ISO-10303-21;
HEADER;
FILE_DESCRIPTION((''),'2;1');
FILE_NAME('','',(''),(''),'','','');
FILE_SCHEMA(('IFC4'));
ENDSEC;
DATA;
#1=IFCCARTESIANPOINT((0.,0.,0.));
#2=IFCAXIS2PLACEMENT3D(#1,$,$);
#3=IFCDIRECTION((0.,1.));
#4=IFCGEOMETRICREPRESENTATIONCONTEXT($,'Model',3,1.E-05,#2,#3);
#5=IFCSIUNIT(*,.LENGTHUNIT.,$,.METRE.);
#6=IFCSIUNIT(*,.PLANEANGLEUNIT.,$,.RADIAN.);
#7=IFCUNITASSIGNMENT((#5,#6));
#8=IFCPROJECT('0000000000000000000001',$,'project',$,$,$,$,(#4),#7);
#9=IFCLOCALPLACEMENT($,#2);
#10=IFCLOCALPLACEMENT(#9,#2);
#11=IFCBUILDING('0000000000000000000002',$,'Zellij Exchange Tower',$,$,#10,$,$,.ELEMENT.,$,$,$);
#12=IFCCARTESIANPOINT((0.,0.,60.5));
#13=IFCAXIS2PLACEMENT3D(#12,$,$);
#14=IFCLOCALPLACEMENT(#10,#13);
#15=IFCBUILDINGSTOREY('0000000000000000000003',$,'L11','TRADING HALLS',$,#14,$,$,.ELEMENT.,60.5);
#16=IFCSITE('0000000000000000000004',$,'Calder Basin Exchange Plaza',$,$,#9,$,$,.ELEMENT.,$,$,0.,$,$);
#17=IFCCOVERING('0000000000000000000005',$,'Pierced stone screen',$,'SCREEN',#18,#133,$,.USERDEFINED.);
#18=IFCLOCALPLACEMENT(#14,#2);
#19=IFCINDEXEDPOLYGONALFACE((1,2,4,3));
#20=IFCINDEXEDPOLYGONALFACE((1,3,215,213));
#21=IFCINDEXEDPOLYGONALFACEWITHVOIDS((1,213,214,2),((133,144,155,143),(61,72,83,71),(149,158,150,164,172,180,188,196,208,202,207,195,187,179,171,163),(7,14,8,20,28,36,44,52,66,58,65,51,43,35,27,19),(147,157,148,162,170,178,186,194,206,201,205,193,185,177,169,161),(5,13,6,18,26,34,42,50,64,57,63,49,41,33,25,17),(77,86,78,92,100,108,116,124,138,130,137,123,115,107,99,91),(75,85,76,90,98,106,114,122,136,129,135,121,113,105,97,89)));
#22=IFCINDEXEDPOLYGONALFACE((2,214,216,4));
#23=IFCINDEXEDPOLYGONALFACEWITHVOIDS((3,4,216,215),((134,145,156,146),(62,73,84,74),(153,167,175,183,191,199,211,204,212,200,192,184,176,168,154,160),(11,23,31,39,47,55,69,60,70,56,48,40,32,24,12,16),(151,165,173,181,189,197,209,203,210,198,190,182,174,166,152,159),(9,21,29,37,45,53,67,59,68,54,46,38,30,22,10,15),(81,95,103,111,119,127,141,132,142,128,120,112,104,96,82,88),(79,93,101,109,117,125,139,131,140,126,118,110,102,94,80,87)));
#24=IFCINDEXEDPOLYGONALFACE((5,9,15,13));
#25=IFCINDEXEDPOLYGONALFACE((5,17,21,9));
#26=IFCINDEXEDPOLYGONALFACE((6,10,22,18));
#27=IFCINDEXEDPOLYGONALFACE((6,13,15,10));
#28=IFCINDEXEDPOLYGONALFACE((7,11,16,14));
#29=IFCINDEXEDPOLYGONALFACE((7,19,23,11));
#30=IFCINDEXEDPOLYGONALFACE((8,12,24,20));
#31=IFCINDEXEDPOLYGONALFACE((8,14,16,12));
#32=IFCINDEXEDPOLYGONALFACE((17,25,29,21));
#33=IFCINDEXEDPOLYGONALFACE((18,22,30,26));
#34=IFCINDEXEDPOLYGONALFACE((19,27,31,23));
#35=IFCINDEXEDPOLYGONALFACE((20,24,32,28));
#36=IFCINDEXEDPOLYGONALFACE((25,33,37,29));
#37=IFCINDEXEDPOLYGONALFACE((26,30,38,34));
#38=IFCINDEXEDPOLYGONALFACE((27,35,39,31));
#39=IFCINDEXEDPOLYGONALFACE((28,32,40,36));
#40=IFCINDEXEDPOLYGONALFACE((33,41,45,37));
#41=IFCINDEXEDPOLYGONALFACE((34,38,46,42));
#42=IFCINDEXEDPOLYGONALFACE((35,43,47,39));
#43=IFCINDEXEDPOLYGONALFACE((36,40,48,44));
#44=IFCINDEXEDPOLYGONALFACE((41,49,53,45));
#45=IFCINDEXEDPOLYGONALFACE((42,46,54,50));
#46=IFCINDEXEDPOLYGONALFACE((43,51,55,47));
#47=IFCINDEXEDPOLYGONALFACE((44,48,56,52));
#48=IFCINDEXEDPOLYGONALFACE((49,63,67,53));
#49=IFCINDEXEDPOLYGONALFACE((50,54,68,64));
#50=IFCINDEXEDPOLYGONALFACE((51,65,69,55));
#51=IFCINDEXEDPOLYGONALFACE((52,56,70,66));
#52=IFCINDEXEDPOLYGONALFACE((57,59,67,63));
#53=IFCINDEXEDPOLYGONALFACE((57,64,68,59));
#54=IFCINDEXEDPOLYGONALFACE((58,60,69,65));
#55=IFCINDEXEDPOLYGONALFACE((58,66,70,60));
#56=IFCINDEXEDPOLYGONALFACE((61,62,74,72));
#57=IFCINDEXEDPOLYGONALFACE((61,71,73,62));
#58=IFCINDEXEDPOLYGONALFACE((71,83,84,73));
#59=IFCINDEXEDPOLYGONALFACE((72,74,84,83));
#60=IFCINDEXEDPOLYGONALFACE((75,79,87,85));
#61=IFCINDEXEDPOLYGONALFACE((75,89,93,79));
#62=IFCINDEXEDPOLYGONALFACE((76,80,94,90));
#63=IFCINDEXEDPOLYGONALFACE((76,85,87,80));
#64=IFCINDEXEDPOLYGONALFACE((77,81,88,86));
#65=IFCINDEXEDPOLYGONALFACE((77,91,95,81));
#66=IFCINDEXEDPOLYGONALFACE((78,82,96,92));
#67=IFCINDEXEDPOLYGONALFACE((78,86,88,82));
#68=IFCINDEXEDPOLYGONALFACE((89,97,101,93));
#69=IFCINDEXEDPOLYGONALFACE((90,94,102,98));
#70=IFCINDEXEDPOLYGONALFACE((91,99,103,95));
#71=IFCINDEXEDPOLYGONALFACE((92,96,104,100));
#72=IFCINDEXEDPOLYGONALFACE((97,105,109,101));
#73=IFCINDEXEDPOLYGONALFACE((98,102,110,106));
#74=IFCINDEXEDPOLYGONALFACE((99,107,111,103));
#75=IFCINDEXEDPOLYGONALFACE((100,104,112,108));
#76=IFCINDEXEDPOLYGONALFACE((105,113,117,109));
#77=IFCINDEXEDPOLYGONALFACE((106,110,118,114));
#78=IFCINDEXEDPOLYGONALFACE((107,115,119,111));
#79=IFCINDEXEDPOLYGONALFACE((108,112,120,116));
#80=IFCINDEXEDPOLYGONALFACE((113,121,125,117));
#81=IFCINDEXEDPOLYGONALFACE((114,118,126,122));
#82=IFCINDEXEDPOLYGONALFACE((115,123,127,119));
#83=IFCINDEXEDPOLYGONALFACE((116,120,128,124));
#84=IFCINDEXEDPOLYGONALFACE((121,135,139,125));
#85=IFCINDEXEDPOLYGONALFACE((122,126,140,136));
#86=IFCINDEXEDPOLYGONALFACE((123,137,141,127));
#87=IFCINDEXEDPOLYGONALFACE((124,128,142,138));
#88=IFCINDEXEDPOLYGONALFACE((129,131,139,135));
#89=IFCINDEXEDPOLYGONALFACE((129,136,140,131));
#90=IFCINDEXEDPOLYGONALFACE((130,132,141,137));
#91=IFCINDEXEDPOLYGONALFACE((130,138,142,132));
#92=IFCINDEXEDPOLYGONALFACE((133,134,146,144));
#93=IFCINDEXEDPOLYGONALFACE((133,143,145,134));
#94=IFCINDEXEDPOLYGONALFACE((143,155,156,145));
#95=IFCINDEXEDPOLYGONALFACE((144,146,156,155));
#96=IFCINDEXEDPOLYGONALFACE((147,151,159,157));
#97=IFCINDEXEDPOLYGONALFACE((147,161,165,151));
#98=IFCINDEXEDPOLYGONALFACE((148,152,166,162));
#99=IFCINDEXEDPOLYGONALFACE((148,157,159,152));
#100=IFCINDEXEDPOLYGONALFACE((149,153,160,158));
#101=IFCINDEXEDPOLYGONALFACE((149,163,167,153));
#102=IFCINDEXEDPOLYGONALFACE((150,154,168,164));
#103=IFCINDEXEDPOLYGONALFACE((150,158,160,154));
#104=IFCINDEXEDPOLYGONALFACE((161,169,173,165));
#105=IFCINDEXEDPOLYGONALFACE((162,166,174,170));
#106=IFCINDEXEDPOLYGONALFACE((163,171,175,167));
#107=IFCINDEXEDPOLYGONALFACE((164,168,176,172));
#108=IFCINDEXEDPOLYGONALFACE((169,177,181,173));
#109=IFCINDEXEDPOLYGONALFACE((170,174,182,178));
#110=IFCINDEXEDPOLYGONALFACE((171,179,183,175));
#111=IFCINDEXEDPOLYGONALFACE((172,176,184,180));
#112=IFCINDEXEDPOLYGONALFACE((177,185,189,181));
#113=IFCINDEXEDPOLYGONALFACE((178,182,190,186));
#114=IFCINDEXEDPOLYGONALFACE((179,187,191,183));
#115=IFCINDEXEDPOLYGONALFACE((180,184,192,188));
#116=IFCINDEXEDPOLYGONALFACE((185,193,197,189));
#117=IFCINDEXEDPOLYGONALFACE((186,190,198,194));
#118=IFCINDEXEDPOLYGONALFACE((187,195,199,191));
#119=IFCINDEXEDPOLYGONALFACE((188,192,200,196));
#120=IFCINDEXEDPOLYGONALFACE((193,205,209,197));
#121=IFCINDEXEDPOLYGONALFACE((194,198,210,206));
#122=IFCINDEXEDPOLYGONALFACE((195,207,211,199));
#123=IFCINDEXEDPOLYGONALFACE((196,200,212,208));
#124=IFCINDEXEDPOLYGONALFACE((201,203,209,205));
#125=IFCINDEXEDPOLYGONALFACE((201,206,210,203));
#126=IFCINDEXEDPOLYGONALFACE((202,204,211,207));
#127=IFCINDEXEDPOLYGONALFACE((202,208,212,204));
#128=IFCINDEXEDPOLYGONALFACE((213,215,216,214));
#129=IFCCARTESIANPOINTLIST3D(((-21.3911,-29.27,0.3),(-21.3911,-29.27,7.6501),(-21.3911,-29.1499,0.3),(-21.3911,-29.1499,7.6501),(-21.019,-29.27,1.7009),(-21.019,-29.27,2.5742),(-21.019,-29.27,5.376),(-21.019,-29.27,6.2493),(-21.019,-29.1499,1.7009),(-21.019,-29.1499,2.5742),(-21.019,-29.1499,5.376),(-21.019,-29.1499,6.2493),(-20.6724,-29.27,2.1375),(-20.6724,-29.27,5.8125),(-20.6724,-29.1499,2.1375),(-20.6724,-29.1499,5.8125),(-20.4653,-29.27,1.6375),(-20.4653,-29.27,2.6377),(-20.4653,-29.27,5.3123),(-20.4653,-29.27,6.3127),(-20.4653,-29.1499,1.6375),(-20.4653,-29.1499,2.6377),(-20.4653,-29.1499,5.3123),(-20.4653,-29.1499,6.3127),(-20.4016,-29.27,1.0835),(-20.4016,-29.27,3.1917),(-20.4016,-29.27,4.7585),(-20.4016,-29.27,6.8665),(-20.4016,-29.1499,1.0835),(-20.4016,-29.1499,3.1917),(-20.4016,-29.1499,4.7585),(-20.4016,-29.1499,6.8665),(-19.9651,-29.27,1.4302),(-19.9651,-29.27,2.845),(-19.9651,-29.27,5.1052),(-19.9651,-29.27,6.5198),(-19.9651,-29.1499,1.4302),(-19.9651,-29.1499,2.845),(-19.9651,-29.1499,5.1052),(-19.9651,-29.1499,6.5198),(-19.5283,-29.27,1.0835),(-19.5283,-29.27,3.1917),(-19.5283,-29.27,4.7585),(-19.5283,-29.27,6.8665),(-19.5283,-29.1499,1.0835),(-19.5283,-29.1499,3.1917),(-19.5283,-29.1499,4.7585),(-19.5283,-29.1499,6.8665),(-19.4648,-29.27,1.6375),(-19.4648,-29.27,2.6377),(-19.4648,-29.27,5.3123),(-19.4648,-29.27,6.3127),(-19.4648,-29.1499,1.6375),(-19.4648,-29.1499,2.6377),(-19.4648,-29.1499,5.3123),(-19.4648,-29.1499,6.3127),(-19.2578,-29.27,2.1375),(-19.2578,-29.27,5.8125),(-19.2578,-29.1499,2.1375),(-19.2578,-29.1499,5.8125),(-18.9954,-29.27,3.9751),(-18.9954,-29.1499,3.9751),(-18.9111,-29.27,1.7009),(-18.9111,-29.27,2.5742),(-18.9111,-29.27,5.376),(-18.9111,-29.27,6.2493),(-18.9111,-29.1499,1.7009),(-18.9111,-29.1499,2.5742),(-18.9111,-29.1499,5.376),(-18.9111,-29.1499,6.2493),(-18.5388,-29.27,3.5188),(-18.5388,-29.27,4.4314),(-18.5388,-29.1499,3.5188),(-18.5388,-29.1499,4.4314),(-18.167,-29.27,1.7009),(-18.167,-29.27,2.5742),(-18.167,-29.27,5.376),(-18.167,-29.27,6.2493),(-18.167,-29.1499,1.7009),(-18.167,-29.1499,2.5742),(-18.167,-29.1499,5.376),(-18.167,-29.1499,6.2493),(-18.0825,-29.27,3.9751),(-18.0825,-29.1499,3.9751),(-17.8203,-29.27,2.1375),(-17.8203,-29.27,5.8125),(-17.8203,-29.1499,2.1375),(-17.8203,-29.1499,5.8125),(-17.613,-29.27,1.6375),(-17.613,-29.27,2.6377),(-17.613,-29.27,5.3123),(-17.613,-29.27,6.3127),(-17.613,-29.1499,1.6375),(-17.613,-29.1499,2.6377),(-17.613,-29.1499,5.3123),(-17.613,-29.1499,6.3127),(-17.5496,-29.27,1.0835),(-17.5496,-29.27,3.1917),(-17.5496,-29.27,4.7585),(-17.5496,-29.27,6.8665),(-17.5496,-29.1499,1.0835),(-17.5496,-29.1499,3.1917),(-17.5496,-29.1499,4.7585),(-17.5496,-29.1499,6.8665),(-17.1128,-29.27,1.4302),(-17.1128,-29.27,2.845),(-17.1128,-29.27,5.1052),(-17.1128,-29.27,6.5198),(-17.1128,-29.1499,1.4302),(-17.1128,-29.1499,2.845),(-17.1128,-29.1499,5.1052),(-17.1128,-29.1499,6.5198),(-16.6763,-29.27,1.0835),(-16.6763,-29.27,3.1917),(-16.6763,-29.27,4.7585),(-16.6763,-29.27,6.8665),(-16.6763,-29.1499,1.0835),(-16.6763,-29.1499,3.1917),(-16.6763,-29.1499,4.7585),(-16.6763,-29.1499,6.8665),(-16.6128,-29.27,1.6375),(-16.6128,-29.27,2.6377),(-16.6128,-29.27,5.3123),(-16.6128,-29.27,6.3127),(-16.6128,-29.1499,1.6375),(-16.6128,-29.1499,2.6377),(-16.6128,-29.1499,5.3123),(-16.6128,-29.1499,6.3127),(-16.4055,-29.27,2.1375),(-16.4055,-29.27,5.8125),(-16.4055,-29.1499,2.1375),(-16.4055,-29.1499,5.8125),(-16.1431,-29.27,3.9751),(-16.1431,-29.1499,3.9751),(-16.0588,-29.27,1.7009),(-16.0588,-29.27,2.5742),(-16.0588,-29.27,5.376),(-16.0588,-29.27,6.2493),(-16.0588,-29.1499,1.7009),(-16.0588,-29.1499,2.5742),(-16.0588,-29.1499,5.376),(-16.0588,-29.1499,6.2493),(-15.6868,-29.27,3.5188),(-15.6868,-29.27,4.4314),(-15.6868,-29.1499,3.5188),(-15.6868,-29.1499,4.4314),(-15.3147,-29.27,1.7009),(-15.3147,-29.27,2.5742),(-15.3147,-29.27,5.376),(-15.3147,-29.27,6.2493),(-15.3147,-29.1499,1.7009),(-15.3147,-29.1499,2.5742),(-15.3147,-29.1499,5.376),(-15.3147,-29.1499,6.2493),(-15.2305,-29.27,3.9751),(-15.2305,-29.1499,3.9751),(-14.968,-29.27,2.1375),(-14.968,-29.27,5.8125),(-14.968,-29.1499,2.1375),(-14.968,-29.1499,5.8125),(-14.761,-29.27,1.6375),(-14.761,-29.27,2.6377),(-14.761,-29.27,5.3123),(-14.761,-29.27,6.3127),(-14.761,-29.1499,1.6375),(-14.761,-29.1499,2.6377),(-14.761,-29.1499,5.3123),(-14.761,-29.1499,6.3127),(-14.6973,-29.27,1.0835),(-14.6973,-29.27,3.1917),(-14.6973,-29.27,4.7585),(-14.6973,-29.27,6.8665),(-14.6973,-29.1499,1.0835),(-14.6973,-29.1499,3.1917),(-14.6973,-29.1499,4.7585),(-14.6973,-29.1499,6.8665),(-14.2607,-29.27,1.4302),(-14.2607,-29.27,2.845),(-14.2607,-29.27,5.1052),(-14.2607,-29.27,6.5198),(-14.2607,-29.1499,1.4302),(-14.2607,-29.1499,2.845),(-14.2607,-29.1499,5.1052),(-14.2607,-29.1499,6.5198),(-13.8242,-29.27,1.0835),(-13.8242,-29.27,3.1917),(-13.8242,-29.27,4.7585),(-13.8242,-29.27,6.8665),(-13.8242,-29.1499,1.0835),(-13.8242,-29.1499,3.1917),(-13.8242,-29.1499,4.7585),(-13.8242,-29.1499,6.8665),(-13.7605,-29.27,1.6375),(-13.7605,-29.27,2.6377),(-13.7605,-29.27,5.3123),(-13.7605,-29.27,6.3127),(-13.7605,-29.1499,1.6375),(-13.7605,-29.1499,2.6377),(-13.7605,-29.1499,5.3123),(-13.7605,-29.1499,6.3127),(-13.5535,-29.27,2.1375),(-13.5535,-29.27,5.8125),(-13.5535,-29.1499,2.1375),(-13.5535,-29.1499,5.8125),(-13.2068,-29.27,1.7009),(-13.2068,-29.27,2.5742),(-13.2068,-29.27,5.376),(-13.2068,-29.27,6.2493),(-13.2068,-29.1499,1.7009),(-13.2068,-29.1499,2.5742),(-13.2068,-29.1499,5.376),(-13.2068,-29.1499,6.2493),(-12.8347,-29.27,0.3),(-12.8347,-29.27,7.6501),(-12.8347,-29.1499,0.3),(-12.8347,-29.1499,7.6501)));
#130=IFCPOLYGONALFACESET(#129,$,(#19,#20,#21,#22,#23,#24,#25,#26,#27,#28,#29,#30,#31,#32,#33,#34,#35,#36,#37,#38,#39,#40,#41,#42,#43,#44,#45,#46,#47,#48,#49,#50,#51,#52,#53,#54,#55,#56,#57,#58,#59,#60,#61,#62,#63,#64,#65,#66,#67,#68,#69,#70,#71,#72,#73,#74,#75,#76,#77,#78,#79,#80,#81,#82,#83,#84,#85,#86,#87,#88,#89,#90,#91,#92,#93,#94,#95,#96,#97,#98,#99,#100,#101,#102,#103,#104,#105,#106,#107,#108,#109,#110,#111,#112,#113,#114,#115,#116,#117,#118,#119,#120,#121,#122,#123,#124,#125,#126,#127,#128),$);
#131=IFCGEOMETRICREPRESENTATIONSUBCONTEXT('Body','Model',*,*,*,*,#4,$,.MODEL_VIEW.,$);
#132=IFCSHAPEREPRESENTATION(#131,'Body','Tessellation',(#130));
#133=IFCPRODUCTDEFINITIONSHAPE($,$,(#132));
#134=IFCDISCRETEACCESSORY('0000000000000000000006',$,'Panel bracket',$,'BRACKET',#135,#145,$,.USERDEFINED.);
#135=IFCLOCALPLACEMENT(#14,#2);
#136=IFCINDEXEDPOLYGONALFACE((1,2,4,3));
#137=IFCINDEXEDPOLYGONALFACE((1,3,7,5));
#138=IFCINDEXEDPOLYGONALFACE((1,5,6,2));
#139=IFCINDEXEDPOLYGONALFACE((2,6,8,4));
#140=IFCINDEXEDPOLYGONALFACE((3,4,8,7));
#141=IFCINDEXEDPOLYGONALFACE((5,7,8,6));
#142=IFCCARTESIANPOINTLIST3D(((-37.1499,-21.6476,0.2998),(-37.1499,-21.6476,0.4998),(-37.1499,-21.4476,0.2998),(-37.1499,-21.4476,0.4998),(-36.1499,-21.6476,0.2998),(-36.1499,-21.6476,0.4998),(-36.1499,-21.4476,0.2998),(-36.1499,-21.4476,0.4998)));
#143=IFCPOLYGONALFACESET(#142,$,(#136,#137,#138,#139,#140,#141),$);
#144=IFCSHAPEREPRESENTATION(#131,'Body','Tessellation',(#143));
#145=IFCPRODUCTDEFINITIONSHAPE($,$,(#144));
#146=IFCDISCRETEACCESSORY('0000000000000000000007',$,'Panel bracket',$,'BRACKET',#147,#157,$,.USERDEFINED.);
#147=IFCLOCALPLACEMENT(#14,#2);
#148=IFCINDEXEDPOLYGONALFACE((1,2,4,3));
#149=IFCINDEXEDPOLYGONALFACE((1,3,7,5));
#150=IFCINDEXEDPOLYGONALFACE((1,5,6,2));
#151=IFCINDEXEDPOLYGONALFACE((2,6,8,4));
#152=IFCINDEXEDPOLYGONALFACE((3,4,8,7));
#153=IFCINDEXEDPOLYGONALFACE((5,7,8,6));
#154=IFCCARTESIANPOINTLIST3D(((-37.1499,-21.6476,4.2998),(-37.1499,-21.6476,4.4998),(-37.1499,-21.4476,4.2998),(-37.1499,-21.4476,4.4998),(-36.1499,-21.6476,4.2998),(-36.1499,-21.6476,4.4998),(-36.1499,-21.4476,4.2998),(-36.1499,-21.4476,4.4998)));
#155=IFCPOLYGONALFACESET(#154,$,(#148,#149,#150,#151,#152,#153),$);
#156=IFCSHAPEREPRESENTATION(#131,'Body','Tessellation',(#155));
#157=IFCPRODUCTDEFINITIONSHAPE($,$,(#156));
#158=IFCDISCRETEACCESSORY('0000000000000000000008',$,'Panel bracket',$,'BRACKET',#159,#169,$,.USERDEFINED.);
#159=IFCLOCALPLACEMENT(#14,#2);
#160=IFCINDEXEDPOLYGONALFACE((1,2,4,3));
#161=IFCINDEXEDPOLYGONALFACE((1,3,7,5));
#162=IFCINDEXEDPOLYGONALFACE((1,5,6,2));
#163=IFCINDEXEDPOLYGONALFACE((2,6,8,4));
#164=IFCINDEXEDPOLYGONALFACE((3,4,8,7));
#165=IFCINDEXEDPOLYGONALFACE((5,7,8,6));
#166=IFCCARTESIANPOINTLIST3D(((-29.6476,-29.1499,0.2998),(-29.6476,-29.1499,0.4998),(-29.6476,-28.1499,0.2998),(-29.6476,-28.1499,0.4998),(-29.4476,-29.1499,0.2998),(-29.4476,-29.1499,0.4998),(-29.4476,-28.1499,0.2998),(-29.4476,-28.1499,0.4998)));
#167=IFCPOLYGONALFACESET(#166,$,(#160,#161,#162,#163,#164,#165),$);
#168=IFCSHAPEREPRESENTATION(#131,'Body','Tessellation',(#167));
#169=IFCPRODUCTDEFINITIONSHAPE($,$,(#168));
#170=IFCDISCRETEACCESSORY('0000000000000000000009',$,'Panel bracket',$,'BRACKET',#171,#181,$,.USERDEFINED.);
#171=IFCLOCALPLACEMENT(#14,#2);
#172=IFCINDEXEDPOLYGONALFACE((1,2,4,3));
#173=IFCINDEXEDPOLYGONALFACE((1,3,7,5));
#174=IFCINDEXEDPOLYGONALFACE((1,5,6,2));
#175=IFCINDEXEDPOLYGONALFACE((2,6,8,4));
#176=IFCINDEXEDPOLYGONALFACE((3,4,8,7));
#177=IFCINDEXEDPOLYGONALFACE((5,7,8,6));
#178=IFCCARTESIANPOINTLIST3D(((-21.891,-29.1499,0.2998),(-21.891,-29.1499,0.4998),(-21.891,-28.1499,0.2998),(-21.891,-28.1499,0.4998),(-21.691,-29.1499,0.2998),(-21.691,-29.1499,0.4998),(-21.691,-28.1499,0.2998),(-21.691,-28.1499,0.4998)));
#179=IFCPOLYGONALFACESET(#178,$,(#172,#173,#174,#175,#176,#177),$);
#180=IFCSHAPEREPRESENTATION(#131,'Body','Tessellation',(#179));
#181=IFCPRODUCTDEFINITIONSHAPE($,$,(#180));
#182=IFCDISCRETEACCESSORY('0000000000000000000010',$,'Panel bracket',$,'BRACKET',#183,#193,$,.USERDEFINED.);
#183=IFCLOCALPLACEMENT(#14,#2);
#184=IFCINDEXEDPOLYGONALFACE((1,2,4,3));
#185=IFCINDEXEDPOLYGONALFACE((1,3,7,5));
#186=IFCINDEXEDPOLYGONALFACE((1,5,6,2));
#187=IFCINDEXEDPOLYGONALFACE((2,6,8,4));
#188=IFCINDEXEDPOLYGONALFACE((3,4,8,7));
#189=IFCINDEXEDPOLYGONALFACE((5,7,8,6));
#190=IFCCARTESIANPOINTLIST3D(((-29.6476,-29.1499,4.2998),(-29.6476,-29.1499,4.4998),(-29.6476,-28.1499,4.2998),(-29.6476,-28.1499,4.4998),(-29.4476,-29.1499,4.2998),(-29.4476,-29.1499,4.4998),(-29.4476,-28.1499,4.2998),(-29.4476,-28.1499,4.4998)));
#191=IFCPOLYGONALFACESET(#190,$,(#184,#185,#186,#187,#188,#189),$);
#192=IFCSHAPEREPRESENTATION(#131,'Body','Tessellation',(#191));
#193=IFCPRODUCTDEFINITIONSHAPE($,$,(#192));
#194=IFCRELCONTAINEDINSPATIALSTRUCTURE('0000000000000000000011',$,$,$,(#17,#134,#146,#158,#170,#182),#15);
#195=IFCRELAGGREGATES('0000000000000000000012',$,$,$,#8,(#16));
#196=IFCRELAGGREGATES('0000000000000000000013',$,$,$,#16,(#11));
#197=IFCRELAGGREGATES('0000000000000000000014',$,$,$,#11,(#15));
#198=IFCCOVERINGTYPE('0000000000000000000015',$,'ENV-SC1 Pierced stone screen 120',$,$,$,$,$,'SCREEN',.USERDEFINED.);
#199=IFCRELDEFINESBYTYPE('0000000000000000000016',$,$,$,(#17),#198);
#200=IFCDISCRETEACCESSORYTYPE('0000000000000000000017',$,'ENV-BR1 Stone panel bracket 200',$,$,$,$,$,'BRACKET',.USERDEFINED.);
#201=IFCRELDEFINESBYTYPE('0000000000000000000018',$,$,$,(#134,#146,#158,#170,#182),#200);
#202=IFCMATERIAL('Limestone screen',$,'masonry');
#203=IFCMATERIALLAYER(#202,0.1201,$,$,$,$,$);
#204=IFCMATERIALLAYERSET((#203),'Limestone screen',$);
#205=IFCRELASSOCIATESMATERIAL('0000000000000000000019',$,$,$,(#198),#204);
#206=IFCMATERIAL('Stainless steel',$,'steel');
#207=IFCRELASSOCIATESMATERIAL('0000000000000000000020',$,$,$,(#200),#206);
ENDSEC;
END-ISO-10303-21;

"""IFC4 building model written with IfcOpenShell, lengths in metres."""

from ifc_helpers import new_model, si_unit, direction, frame, origin, origin_2d, place, context, subcontext, project, spatial, polyline, rectangle, outline, extrude, material, layer, layer_set, type_object, element, save


model = new_model("IFC4")

# Units and contexts
model_context = context("Model", 3, precision=1e-05, world=origin(), true_north=direction((0.0, 1.0)))
body_context = subcontext(model_context, "Body", "Model", "MODEL_VIEW")
ifc_project = project(units=[si_unit("LENGTHUNIT", "METRE"), si_unit("PLANEANGLEUNIT", "RADIAN")], contexts=[model_context])

# Site, building, storey
site_placement = place(None, origin())
site = spatial("IfcSite", under=ifc_project, at=site_placement, Name="Calder Basin Exchange Plaza", CompositionType="ELEMENT", RefElevation=0.0)
building_placement = place(site_placement, origin())
building = spatial("IfcBuilding", under=site, at=building_placement, Name="Zellij Exchange Tower", CompositionType="ELEMENT")
storey_placement = place(building_placement, frame((0.0, 0.0, 60.5)))
storey = spatial("IfcBuildingStorey", under=building, at=storey_placement, Name="L11", Description="TRADING HALLS", CompositionType="ELEMENT", Elevation=60.5)

# Covering
ifc_material_1 = material(Name="Limestone screen", Category="masonry")
ifc_layer_1 = layer(ifc_material_1, 0.1201)
ifc_layer_set_1 = layer_set([ifc_layer_1], Name="Limestone screen")
covering_type = type_object("IfcCoveringType", Name="ENV-SC1 Pierced stone screen 120", ElementType="SCREEN", PredefinedType="USERDEFINED", material=ifc_layer_set_1)
covering_1_placement = place(storey_placement, frame((-21.3911, -29.21, 0.3), z_axis=(0.0, 0.0, 1.0), x_axis=(1.0, 0.0, 0.0)))
element("IfcCovering", 1, at=covering_1_placement, inside=storey, type_object=covering_type, Name="Pierced stone screen", ObjectType="SCREEN", PredefinedType="USERDEFINED", context=body_context, shape_type="SweptSolid", body=[
    extrude(outline(polyline([(0.0, 0.0), (8.5564, 0.0), (8.5564, 7.3501), (0.0, 7.3501), (0.0, 0.0)]), holes=[polyline([(2.48, 2.2742), (1.9263, 2.3376), (1.8628, 2.8916), (1.426, 2.5449), (0.9895, 2.8916), (0.9258, 2.3376), (0.3721, 2.2742), (0.7188, 1.8374), (0.3721, 1.4009), (0.9258, 1.3374), (0.9895, 0.7834), (1.426, 1.1301), (1.8628, 0.7834), (1.9263, 1.3374), (2.48, 1.4009), (2.1333, 1.8374), (2.48, 2.2742)]), polyline([(2.48, 5.9492), (1.9263, 6.0127), (1.8628, 6.5664), (1.426, 6.2197), (0.9895, 6.5664), (0.9258, 6.0127), (0.3721, 5.9492), (0.7188, 5.5125), (0.3721, 5.0759), (0.9258, 5.0122), (0.9895, 4.4585), (1.426, 4.8052), (1.8628, 4.4585), (1.9263, 5.0122), (2.48, 5.0759), (2.1333, 5.5125), (2.48, 5.9492)]), polyline([(5.3323, 2.2742), (4.7783, 2.3376), (4.7148, 2.8916), (4.2783, 2.5449), (3.8416, 2.8916), (3.7781, 2.3376), (3.2241, 2.2742), (3.5708, 1.8374), (3.2241, 1.4009), (3.7781, 1.3374), (3.8416, 0.7834), (4.2783, 1.1301), (4.7148, 0.7834), (4.7783, 1.3374), (5.3323, 1.4009), (4.9856, 1.8374), (5.3323, 2.2742)]), polyline([(5.3323, 5.9492), (4.7783, 6.0127), (4.7148, 6.5664), (4.2783, 6.2197), (3.8416, 6.5664), (3.7781, 6.0127), (3.2241, 5.9492), (3.5708, 5.5125), (3.2241, 5.0759), (3.7781, 5.0122), (3.8416, 4.4585), (4.2783, 4.8052), (4.7148, 4.4585), (4.7783, 5.0122), (5.3323, 5.0759), (4.9856, 5.5125), (5.3323, 5.9492)]), polyline([(8.1843, 2.2742), (7.6306, 2.3376), (7.5669, 2.8916), (7.1304, 2.5449), (6.6938, 2.8916), (6.6301, 2.3376), (6.0764, 2.2742), (6.4231, 1.8374), (6.0764, 1.4009), (6.6301, 1.3374), (6.6938, 0.7834), (7.1304, 1.1301), (7.5669, 0.7834), (7.6306, 1.3374), (8.1843, 1.4009), (7.8376, 1.8374), (8.1843, 2.2742)]), polyline([(8.1843, 5.9492), (7.6306, 6.0127), (7.5669, 6.5664), (7.1304, 6.2197), (6.6938, 6.5664), (6.6301, 6.0127), (6.0764, 5.9492), (6.4231, 5.5125), (6.0764, 5.0759), (6.6301, 5.0122), (6.6938, 4.4585), (7.1304, 4.8052), (7.5669, 4.4585), (7.6306, 5.0122), (8.1843, 5.0759), (7.8376, 5.5125), (8.1843, 5.9492)]), polyline([(3.3086, 3.675), (2.8523, 4.1313), (2.3958, 3.675), (2.8523, 3.2188), (3.3086, 3.675)]), polyline([(6.1606, 3.675), (5.7043, 4.1313), (5.248, 3.675), (5.7043, 3.2188), (6.1606, 3.675)])]), frame((0.0, 0.0601, 0.0), z_axis=(0.0, -1.0, 0.0), x_axis=(1.0, 0.0, 0.0)), (0.0, 0.0, 1.0), 0.1201),
])

# Discrete accessories
ifc_material_2 = material(Name="Stainless steel", Category="steel")
discrete_accessory_type = type_object("IfcDiscreteAccessoryType", Name="ENV-BR1 Stone panel bracket 200", ElementType="BRACKET", PredefinedType="USERDEFINED", material=ifc_material_2)
for number, where, z_axis, x_axis, name in (
    (2, (-36.6499, -21.5476, 0.2998), (0.0, 0.0, 1.0), (0.0, -1.0, 0.0), "Panel bracket"),
    (3, (-36.6499, -21.5476, 4.2998), (0.0, 0.0, 1.0), (0.0, -1.0, 0.0), "Panel bracket"),
    (4, (-29.5476, -28.6499, 0.2998), (0.0, 0.0, 1.0), (1.0, 0.0, 0.0), "Panel bracket"),
    (5, (-21.791, -28.6499, 0.2998), (0.0, 0.0, 1.0), (1.0, 0.0, 0.0), "Panel bracket"),
    (6, (-29.5476, -28.6499, 4.2998), (0.0, 0.0, 1.0), (1.0, 0.0, 0.0), "Panel bracket"),
):
    element("IfcDiscreteAccessory", number, at=place(storey_placement, frame(where, z_axis=z_axis, x_axis=x_axis)), inside=storey, type_object=discrete_accessory_type, Name=name, ObjectType="BRACKET", PredefinedType="USERDEFINED", context=body_context, shape_type="SweptSolid", body=[
        extrude(rectangle(XDim=0.2, YDim=1.0, at=origin_2d()), origin(), (0.0, 0.0, 1.0), 0.2),
    ])

save(model, "model.ifc")
